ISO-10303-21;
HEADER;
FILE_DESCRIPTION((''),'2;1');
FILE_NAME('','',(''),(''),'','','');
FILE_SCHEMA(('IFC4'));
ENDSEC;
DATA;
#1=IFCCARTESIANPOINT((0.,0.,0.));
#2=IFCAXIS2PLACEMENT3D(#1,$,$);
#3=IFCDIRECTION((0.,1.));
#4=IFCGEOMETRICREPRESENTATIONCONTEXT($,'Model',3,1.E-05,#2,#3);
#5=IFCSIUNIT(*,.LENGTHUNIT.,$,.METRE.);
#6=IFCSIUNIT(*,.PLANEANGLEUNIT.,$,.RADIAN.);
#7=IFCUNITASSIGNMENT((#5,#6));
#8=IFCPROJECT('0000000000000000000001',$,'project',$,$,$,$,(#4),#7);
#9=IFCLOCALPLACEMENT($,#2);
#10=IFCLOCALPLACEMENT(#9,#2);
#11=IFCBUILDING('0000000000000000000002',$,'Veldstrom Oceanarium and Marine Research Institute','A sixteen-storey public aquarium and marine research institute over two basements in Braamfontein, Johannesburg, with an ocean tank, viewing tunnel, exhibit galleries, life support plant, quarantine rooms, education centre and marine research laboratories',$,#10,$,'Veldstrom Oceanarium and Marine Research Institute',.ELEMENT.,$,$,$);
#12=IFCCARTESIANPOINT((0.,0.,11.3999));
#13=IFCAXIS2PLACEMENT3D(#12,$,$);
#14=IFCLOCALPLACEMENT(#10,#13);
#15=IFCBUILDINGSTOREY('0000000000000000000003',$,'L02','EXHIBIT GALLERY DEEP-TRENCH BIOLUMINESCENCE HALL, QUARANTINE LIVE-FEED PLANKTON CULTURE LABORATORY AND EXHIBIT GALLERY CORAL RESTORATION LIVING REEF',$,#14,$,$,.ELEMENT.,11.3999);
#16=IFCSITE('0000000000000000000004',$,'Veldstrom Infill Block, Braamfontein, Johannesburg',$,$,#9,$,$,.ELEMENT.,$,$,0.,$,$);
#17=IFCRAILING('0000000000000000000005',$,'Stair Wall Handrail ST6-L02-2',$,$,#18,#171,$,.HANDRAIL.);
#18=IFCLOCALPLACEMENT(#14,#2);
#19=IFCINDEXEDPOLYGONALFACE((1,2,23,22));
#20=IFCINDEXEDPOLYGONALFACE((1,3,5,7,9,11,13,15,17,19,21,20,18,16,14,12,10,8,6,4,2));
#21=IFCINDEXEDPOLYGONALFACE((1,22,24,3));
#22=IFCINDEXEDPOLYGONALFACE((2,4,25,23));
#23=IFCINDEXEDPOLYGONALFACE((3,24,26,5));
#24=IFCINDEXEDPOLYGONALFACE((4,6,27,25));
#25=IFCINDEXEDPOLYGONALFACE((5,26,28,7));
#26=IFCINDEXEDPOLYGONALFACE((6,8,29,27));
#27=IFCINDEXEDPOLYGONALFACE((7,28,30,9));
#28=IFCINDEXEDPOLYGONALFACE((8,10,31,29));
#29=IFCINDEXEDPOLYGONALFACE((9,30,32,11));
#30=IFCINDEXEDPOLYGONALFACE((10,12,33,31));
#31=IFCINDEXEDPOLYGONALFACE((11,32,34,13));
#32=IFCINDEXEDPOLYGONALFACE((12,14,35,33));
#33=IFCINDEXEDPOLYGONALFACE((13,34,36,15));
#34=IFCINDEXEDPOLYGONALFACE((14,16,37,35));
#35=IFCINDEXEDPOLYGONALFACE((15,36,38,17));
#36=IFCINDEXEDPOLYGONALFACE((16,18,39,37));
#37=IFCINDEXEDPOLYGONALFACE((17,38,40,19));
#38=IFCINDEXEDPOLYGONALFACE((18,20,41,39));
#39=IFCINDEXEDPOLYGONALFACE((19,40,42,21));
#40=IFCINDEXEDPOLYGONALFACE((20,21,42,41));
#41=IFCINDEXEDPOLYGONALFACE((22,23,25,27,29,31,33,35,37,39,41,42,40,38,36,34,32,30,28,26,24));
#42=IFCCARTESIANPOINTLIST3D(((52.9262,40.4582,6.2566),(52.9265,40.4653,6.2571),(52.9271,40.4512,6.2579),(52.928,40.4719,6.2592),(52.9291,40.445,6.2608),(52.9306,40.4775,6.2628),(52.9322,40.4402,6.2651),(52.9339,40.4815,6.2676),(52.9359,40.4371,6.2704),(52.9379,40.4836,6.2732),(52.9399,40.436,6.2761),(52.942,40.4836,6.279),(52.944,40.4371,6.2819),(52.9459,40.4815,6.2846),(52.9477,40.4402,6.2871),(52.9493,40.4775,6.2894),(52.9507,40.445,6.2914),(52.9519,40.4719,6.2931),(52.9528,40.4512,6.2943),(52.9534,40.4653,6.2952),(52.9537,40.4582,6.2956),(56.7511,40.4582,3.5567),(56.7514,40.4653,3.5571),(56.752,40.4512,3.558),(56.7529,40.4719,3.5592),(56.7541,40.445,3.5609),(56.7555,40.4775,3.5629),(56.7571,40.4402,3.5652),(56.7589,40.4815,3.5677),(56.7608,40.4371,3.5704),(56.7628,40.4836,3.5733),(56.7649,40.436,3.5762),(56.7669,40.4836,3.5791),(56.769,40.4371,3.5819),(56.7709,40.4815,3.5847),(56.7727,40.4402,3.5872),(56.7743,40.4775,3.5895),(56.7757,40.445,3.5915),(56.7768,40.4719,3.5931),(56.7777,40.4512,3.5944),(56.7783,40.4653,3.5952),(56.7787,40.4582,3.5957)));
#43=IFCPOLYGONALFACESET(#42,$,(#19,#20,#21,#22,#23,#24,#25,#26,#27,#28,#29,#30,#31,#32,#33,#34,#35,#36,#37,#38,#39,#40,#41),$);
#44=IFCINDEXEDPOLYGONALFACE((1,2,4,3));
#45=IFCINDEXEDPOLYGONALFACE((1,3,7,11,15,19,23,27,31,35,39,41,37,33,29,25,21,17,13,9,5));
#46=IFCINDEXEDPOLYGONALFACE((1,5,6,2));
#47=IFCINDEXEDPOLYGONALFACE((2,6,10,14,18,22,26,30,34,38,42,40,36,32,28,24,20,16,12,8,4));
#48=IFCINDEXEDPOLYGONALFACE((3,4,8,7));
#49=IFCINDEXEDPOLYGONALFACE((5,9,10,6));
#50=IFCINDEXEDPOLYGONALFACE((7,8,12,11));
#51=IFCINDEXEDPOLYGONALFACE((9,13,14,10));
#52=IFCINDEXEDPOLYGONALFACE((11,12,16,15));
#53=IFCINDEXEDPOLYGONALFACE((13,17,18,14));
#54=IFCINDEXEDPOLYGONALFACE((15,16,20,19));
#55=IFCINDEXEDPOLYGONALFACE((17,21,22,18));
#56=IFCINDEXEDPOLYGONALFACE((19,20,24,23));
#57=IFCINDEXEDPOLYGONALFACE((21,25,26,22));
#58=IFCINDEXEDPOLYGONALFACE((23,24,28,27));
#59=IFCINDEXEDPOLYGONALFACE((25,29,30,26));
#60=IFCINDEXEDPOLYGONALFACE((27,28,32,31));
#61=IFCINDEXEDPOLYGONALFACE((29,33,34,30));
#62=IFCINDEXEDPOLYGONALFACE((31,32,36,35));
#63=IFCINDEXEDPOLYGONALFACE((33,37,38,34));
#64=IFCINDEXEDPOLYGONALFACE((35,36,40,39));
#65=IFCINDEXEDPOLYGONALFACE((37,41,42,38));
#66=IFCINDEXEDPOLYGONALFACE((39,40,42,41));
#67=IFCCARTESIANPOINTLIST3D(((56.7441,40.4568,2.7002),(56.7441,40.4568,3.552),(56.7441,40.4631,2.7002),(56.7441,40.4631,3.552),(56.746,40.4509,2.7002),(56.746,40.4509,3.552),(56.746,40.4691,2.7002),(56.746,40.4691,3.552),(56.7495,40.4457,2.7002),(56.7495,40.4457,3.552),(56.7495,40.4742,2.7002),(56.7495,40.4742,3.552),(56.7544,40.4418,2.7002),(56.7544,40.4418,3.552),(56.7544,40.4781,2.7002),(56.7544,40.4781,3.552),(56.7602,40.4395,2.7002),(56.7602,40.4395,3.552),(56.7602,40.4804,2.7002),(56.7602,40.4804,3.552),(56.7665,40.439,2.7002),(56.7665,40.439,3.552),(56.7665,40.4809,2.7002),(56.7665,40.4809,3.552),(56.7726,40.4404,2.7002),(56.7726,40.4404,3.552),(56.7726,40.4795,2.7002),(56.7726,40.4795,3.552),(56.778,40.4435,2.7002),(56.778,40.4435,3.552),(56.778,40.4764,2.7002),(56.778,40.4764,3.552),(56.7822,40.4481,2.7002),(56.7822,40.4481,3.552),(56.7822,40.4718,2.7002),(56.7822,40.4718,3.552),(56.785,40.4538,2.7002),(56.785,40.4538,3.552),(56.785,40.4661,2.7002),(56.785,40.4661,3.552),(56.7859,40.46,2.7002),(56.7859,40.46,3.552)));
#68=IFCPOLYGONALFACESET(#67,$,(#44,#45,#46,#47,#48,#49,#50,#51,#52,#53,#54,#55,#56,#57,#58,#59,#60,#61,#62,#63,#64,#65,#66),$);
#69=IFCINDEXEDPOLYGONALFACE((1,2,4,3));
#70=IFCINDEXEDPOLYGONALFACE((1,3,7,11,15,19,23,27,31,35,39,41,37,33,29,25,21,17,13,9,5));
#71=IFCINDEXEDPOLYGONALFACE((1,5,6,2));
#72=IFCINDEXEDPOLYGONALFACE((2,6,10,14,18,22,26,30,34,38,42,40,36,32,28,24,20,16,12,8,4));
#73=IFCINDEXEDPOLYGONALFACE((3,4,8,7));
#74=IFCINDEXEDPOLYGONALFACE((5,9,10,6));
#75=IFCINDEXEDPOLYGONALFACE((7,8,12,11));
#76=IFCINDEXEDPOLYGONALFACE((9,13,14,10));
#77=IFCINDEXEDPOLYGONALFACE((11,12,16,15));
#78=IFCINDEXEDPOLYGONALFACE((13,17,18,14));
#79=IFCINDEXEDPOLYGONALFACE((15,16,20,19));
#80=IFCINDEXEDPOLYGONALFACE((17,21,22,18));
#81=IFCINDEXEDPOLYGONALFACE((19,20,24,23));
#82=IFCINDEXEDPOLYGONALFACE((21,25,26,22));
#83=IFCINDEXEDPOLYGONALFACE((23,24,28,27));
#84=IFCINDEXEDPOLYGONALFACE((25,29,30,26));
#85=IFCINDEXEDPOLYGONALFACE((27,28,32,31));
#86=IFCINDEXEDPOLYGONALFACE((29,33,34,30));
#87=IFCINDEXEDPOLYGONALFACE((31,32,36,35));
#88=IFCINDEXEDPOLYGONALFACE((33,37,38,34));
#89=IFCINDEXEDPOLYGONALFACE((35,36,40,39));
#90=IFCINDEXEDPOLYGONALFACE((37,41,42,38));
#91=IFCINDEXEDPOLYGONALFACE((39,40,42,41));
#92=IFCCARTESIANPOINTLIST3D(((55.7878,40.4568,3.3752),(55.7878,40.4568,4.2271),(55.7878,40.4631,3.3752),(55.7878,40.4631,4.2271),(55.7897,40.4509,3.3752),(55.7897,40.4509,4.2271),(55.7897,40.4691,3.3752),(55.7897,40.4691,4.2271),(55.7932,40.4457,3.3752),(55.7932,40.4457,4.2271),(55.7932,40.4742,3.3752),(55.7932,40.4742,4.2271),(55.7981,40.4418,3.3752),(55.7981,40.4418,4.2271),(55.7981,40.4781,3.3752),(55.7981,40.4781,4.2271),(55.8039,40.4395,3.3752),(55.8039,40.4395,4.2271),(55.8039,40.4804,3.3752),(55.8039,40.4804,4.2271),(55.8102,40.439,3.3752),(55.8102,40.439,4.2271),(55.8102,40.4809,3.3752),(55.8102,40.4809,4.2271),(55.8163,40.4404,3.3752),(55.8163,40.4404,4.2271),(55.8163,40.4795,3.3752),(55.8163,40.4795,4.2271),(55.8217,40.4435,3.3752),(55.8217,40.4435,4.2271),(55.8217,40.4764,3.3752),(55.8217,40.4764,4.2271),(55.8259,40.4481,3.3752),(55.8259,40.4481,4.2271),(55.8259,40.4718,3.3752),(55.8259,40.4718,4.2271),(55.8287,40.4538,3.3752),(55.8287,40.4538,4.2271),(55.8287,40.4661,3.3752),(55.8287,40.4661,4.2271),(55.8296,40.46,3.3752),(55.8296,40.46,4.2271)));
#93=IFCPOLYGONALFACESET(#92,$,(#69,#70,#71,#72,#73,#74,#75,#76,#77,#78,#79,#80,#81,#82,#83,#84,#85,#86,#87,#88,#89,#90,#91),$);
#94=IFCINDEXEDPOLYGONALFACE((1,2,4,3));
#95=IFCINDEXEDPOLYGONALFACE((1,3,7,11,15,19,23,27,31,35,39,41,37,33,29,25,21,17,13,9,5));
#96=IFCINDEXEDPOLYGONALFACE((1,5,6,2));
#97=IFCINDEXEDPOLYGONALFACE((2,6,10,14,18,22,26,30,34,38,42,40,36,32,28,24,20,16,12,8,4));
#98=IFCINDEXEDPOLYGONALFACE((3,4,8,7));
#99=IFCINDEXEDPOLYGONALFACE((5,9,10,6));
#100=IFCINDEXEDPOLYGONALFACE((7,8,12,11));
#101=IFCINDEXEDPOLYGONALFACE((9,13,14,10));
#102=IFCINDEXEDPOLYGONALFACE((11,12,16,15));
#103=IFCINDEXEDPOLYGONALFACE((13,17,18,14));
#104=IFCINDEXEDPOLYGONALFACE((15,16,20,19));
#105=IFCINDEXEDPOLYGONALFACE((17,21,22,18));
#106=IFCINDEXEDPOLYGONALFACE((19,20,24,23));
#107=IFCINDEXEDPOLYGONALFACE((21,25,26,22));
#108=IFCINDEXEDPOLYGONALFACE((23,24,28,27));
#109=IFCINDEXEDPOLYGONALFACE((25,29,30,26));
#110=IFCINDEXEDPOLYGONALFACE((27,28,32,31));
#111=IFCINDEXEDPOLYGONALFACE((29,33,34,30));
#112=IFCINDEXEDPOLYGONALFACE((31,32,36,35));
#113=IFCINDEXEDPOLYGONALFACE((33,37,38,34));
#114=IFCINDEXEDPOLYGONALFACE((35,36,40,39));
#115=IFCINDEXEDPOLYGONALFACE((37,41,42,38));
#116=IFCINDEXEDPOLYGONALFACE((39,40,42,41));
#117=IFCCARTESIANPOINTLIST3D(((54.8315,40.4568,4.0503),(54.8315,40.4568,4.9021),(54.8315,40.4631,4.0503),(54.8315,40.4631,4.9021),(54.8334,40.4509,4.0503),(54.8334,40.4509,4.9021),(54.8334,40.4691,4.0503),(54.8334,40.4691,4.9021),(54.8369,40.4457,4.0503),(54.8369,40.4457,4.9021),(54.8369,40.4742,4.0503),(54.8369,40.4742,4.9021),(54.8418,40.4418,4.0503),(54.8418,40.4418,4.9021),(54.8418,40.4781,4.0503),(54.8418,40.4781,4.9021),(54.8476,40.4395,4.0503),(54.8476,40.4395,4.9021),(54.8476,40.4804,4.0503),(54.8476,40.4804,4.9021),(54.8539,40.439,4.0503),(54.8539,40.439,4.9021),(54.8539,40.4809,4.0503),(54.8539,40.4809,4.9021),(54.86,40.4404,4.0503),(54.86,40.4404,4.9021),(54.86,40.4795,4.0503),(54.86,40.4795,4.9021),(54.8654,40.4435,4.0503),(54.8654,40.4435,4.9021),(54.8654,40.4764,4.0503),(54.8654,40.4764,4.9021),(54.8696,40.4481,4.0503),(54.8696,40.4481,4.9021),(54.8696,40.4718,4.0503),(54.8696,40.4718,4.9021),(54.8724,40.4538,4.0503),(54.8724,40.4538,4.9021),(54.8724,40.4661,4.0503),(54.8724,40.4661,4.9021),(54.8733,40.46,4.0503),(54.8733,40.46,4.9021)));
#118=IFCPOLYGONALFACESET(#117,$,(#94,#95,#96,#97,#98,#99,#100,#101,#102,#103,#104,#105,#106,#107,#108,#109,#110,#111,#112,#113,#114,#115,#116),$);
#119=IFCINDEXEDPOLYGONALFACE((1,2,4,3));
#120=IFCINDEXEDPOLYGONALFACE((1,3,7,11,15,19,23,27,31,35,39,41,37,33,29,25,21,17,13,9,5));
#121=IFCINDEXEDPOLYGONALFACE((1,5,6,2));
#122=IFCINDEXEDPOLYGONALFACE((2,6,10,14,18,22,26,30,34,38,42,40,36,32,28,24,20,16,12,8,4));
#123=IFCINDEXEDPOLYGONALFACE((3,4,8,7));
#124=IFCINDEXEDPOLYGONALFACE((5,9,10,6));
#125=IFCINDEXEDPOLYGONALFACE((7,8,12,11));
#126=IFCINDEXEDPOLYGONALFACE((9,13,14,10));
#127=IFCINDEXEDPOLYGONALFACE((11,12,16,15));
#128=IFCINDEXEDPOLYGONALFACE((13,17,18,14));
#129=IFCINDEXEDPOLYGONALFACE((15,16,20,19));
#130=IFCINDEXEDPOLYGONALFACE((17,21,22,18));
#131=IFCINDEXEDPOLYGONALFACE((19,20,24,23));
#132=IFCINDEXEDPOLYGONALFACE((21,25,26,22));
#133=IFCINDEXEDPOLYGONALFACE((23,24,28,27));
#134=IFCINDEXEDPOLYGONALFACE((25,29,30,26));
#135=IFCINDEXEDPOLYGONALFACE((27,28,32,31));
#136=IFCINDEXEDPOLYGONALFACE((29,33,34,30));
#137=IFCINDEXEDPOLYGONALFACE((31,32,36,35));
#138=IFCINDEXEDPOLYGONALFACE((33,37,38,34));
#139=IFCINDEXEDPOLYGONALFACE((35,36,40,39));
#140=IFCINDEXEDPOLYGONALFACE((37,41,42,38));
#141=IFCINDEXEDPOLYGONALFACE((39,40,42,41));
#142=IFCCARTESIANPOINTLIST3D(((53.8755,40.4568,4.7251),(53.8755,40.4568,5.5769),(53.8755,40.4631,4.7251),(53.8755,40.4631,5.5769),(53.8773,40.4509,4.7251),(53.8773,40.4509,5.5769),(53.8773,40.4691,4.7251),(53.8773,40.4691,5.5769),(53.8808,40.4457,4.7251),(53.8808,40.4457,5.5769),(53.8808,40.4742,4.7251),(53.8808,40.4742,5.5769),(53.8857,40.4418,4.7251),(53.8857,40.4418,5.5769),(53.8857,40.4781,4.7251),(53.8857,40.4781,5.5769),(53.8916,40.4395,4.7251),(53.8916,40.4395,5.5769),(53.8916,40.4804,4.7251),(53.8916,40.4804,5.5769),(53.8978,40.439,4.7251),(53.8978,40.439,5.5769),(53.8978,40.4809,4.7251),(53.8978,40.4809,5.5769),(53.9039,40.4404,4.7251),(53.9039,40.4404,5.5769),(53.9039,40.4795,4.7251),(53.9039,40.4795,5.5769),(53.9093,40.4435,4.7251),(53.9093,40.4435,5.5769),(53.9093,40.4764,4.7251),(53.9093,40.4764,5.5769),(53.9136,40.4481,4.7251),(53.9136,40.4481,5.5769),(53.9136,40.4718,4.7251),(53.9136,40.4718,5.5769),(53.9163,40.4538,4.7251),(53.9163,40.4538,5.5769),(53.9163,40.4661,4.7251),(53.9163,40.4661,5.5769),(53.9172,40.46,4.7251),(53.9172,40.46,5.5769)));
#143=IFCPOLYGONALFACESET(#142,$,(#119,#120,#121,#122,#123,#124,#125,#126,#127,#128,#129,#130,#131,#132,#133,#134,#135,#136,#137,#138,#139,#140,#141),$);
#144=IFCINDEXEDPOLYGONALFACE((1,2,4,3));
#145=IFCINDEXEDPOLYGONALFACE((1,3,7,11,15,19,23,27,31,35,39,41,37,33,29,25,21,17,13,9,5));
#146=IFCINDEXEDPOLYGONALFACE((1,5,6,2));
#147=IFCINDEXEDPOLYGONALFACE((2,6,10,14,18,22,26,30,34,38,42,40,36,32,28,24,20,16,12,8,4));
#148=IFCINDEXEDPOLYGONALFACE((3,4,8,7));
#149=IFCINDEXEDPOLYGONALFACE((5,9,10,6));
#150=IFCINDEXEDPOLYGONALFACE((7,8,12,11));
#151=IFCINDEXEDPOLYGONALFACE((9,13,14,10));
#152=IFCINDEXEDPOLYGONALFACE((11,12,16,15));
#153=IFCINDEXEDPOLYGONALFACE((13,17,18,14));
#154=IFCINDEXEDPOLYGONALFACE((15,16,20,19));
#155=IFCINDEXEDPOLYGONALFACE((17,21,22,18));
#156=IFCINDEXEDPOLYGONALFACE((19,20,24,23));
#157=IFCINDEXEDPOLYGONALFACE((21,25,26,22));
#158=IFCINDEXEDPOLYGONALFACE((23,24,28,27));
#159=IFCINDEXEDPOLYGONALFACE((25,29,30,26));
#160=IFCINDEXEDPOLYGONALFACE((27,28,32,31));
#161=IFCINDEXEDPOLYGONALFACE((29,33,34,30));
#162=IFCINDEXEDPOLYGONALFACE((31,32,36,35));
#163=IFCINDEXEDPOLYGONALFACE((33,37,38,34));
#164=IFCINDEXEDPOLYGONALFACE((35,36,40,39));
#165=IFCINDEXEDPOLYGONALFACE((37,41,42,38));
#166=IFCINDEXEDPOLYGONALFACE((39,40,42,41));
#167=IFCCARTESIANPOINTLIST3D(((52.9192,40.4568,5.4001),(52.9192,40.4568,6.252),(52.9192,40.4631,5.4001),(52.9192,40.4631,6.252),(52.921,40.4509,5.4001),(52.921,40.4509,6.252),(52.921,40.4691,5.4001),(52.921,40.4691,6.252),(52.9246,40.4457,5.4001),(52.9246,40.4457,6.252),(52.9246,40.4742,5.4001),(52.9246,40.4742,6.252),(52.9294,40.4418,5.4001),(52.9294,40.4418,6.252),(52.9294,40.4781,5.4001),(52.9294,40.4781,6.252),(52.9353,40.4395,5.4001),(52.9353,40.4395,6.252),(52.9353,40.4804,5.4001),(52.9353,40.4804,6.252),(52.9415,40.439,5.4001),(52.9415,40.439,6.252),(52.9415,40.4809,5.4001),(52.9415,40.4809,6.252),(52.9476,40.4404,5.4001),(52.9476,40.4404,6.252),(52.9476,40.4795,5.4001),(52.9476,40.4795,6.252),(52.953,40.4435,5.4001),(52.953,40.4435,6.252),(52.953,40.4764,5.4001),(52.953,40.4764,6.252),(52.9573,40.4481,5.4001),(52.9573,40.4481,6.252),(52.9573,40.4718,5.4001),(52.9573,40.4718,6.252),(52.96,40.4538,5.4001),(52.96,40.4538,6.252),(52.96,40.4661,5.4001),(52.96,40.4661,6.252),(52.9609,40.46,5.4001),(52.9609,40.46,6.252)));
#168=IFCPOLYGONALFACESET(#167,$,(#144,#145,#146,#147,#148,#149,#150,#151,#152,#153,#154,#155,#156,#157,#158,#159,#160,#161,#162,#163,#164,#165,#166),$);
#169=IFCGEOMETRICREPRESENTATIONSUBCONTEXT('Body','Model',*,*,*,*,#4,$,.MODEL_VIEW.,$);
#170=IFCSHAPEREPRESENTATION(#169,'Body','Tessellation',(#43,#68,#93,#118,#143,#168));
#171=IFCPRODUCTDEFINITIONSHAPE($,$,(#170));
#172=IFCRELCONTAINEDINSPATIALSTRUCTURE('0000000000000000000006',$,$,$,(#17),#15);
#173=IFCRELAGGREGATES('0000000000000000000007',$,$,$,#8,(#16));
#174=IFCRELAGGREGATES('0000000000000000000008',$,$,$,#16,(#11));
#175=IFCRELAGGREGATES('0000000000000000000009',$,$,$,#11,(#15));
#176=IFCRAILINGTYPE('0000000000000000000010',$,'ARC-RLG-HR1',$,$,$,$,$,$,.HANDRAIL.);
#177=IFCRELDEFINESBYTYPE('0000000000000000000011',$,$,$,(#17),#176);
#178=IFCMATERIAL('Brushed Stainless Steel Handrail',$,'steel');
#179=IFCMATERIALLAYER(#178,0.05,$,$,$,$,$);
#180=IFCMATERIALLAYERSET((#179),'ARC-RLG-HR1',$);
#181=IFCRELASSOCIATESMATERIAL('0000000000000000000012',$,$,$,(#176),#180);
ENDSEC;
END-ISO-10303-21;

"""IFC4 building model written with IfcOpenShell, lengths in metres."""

from ifc_helpers import new_model, si_unit, direction, frame, origin, origin_2d, place, context, subcontext, project, spatial, circle, extrude, material, layer, layer_set, type_object, element, save


model = new_model("IFC4")

# Units and contexts
model_context = context("Model", 3, precision=1e-05, world=origin(), true_north=direction((0.0, 1.0)))
body_context = subcontext(model_context, "Body", "Model", "MODEL_VIEW")
ifc_project = project(units=[si_unit("LENGTHUNIT", "METRE"), si_unit("PLANEANGLEUNIT", "RADIAN")], contexts=[model_context])

# Site, building, storey
site_placement = place(None, origin())
site = spatial("IfcSite", under=ifc_project, at=site_placement, Name="Veldstrom Infill Block, Braamfontein, Johannesburg", CompositionType="ELEMENT", RefElevation=0.0)
building_placement = place(site_placement, origin())
building = spatial("IfcBuilding", under=site, at=building_placement, Name="Veldstrom Oceanarium and Marine Research Institute", Description="A sixteen-storey public aquarium and marine research institute over two basements in Braamfontein, Johannesburg, with an ocean tank, viewing tunnel, exhibit galleries, life support plant, quarantine rooms, education centre and marine research laboratories", LongName="Veldstrom Oceanarium and Marine Research Institute", CompositionType="ELEMENT")
storey_placement = place(building_placement, frame((0.0, 0.0, 11.3999)))
storey = spatial("IfcBuildingStorey", under=building, at=storey_placement, Name="L02", Description="EXHIBIT GALLERY DEEP-TRENCH BIOLUMINESCENCE HALL, QUARANTINE LIVE-FEED PLANKTON CULTURE LABORATORY AND EXHIBIT GALLERY CORAL RESTORATION LIVING REEF", CompositionType="ELEMENT", Elevation=11.3999)

# Railing
ifc_material_1 = material(Name="Brushed Stainless Steel Handrail", Category="steel")
ifc_layer_1 = layer(ifc_material_1, 0.05)
ifc_layer_set_1 = layer_set([ifc_layer_1], Name="ARC-RLG-HR1")
railing_type_1 = type_object("IfcRailingType", Name="ARC-RLG-HR1", PredefinedType="HANDRAIL", material=ifc_layer_set_1)
railing_1_placement = place(storey_placement, frame((56.7649, 40.46, 2.7002)))
element("IfcRailing", 1, at=railing_1_placement, inside=storey, type_object=railing_type_1, Name="Stair Wall Handrail ST6-L02-2", PredefinedType="HANDRAIL", context=body_context, shape_type="SweptSolid", body=[
    extrude(circle(Radius=0.0239, at=origin_2d()), frame((0.0, 0.0, 0.876), z_axis=(-0.816969, 0.0, 0.576681), x_axis=(0.0, -1.0, 0.0)), (0.0, 0.0, 1.0), 4.6819),
    extrude(circle(Radius=0.021, at=origin_2d()), origin(), (0.0, 0.0, 1.0), 0.8518),
    extrude(circle(Radius=0.021, at=origin_2d()), frame((-0.9563, 0.0, 0.675)), (0.0, 0.0, 1.0), 0.8518),
    extrude(circle(Radius=0.021, at=origin_2d()), frame((-1.9126, 0.0, 1.3501)), (0.0, 0.0, 1.0), 0.8518),
    extrude(circle(Radius=0.021, at=origin_2d()), frame((-2.8687, 0.0, 2.0249)), (0.0, 0.0, 1.0), 0.8518),
    extrude(circle(Radius=0.021, at=origin_2d()), frame((-3.825, 0.0, 2.7)), (0.0, 0.0, 1.0), 0.8518),
])

save(model, "model.ifc")
